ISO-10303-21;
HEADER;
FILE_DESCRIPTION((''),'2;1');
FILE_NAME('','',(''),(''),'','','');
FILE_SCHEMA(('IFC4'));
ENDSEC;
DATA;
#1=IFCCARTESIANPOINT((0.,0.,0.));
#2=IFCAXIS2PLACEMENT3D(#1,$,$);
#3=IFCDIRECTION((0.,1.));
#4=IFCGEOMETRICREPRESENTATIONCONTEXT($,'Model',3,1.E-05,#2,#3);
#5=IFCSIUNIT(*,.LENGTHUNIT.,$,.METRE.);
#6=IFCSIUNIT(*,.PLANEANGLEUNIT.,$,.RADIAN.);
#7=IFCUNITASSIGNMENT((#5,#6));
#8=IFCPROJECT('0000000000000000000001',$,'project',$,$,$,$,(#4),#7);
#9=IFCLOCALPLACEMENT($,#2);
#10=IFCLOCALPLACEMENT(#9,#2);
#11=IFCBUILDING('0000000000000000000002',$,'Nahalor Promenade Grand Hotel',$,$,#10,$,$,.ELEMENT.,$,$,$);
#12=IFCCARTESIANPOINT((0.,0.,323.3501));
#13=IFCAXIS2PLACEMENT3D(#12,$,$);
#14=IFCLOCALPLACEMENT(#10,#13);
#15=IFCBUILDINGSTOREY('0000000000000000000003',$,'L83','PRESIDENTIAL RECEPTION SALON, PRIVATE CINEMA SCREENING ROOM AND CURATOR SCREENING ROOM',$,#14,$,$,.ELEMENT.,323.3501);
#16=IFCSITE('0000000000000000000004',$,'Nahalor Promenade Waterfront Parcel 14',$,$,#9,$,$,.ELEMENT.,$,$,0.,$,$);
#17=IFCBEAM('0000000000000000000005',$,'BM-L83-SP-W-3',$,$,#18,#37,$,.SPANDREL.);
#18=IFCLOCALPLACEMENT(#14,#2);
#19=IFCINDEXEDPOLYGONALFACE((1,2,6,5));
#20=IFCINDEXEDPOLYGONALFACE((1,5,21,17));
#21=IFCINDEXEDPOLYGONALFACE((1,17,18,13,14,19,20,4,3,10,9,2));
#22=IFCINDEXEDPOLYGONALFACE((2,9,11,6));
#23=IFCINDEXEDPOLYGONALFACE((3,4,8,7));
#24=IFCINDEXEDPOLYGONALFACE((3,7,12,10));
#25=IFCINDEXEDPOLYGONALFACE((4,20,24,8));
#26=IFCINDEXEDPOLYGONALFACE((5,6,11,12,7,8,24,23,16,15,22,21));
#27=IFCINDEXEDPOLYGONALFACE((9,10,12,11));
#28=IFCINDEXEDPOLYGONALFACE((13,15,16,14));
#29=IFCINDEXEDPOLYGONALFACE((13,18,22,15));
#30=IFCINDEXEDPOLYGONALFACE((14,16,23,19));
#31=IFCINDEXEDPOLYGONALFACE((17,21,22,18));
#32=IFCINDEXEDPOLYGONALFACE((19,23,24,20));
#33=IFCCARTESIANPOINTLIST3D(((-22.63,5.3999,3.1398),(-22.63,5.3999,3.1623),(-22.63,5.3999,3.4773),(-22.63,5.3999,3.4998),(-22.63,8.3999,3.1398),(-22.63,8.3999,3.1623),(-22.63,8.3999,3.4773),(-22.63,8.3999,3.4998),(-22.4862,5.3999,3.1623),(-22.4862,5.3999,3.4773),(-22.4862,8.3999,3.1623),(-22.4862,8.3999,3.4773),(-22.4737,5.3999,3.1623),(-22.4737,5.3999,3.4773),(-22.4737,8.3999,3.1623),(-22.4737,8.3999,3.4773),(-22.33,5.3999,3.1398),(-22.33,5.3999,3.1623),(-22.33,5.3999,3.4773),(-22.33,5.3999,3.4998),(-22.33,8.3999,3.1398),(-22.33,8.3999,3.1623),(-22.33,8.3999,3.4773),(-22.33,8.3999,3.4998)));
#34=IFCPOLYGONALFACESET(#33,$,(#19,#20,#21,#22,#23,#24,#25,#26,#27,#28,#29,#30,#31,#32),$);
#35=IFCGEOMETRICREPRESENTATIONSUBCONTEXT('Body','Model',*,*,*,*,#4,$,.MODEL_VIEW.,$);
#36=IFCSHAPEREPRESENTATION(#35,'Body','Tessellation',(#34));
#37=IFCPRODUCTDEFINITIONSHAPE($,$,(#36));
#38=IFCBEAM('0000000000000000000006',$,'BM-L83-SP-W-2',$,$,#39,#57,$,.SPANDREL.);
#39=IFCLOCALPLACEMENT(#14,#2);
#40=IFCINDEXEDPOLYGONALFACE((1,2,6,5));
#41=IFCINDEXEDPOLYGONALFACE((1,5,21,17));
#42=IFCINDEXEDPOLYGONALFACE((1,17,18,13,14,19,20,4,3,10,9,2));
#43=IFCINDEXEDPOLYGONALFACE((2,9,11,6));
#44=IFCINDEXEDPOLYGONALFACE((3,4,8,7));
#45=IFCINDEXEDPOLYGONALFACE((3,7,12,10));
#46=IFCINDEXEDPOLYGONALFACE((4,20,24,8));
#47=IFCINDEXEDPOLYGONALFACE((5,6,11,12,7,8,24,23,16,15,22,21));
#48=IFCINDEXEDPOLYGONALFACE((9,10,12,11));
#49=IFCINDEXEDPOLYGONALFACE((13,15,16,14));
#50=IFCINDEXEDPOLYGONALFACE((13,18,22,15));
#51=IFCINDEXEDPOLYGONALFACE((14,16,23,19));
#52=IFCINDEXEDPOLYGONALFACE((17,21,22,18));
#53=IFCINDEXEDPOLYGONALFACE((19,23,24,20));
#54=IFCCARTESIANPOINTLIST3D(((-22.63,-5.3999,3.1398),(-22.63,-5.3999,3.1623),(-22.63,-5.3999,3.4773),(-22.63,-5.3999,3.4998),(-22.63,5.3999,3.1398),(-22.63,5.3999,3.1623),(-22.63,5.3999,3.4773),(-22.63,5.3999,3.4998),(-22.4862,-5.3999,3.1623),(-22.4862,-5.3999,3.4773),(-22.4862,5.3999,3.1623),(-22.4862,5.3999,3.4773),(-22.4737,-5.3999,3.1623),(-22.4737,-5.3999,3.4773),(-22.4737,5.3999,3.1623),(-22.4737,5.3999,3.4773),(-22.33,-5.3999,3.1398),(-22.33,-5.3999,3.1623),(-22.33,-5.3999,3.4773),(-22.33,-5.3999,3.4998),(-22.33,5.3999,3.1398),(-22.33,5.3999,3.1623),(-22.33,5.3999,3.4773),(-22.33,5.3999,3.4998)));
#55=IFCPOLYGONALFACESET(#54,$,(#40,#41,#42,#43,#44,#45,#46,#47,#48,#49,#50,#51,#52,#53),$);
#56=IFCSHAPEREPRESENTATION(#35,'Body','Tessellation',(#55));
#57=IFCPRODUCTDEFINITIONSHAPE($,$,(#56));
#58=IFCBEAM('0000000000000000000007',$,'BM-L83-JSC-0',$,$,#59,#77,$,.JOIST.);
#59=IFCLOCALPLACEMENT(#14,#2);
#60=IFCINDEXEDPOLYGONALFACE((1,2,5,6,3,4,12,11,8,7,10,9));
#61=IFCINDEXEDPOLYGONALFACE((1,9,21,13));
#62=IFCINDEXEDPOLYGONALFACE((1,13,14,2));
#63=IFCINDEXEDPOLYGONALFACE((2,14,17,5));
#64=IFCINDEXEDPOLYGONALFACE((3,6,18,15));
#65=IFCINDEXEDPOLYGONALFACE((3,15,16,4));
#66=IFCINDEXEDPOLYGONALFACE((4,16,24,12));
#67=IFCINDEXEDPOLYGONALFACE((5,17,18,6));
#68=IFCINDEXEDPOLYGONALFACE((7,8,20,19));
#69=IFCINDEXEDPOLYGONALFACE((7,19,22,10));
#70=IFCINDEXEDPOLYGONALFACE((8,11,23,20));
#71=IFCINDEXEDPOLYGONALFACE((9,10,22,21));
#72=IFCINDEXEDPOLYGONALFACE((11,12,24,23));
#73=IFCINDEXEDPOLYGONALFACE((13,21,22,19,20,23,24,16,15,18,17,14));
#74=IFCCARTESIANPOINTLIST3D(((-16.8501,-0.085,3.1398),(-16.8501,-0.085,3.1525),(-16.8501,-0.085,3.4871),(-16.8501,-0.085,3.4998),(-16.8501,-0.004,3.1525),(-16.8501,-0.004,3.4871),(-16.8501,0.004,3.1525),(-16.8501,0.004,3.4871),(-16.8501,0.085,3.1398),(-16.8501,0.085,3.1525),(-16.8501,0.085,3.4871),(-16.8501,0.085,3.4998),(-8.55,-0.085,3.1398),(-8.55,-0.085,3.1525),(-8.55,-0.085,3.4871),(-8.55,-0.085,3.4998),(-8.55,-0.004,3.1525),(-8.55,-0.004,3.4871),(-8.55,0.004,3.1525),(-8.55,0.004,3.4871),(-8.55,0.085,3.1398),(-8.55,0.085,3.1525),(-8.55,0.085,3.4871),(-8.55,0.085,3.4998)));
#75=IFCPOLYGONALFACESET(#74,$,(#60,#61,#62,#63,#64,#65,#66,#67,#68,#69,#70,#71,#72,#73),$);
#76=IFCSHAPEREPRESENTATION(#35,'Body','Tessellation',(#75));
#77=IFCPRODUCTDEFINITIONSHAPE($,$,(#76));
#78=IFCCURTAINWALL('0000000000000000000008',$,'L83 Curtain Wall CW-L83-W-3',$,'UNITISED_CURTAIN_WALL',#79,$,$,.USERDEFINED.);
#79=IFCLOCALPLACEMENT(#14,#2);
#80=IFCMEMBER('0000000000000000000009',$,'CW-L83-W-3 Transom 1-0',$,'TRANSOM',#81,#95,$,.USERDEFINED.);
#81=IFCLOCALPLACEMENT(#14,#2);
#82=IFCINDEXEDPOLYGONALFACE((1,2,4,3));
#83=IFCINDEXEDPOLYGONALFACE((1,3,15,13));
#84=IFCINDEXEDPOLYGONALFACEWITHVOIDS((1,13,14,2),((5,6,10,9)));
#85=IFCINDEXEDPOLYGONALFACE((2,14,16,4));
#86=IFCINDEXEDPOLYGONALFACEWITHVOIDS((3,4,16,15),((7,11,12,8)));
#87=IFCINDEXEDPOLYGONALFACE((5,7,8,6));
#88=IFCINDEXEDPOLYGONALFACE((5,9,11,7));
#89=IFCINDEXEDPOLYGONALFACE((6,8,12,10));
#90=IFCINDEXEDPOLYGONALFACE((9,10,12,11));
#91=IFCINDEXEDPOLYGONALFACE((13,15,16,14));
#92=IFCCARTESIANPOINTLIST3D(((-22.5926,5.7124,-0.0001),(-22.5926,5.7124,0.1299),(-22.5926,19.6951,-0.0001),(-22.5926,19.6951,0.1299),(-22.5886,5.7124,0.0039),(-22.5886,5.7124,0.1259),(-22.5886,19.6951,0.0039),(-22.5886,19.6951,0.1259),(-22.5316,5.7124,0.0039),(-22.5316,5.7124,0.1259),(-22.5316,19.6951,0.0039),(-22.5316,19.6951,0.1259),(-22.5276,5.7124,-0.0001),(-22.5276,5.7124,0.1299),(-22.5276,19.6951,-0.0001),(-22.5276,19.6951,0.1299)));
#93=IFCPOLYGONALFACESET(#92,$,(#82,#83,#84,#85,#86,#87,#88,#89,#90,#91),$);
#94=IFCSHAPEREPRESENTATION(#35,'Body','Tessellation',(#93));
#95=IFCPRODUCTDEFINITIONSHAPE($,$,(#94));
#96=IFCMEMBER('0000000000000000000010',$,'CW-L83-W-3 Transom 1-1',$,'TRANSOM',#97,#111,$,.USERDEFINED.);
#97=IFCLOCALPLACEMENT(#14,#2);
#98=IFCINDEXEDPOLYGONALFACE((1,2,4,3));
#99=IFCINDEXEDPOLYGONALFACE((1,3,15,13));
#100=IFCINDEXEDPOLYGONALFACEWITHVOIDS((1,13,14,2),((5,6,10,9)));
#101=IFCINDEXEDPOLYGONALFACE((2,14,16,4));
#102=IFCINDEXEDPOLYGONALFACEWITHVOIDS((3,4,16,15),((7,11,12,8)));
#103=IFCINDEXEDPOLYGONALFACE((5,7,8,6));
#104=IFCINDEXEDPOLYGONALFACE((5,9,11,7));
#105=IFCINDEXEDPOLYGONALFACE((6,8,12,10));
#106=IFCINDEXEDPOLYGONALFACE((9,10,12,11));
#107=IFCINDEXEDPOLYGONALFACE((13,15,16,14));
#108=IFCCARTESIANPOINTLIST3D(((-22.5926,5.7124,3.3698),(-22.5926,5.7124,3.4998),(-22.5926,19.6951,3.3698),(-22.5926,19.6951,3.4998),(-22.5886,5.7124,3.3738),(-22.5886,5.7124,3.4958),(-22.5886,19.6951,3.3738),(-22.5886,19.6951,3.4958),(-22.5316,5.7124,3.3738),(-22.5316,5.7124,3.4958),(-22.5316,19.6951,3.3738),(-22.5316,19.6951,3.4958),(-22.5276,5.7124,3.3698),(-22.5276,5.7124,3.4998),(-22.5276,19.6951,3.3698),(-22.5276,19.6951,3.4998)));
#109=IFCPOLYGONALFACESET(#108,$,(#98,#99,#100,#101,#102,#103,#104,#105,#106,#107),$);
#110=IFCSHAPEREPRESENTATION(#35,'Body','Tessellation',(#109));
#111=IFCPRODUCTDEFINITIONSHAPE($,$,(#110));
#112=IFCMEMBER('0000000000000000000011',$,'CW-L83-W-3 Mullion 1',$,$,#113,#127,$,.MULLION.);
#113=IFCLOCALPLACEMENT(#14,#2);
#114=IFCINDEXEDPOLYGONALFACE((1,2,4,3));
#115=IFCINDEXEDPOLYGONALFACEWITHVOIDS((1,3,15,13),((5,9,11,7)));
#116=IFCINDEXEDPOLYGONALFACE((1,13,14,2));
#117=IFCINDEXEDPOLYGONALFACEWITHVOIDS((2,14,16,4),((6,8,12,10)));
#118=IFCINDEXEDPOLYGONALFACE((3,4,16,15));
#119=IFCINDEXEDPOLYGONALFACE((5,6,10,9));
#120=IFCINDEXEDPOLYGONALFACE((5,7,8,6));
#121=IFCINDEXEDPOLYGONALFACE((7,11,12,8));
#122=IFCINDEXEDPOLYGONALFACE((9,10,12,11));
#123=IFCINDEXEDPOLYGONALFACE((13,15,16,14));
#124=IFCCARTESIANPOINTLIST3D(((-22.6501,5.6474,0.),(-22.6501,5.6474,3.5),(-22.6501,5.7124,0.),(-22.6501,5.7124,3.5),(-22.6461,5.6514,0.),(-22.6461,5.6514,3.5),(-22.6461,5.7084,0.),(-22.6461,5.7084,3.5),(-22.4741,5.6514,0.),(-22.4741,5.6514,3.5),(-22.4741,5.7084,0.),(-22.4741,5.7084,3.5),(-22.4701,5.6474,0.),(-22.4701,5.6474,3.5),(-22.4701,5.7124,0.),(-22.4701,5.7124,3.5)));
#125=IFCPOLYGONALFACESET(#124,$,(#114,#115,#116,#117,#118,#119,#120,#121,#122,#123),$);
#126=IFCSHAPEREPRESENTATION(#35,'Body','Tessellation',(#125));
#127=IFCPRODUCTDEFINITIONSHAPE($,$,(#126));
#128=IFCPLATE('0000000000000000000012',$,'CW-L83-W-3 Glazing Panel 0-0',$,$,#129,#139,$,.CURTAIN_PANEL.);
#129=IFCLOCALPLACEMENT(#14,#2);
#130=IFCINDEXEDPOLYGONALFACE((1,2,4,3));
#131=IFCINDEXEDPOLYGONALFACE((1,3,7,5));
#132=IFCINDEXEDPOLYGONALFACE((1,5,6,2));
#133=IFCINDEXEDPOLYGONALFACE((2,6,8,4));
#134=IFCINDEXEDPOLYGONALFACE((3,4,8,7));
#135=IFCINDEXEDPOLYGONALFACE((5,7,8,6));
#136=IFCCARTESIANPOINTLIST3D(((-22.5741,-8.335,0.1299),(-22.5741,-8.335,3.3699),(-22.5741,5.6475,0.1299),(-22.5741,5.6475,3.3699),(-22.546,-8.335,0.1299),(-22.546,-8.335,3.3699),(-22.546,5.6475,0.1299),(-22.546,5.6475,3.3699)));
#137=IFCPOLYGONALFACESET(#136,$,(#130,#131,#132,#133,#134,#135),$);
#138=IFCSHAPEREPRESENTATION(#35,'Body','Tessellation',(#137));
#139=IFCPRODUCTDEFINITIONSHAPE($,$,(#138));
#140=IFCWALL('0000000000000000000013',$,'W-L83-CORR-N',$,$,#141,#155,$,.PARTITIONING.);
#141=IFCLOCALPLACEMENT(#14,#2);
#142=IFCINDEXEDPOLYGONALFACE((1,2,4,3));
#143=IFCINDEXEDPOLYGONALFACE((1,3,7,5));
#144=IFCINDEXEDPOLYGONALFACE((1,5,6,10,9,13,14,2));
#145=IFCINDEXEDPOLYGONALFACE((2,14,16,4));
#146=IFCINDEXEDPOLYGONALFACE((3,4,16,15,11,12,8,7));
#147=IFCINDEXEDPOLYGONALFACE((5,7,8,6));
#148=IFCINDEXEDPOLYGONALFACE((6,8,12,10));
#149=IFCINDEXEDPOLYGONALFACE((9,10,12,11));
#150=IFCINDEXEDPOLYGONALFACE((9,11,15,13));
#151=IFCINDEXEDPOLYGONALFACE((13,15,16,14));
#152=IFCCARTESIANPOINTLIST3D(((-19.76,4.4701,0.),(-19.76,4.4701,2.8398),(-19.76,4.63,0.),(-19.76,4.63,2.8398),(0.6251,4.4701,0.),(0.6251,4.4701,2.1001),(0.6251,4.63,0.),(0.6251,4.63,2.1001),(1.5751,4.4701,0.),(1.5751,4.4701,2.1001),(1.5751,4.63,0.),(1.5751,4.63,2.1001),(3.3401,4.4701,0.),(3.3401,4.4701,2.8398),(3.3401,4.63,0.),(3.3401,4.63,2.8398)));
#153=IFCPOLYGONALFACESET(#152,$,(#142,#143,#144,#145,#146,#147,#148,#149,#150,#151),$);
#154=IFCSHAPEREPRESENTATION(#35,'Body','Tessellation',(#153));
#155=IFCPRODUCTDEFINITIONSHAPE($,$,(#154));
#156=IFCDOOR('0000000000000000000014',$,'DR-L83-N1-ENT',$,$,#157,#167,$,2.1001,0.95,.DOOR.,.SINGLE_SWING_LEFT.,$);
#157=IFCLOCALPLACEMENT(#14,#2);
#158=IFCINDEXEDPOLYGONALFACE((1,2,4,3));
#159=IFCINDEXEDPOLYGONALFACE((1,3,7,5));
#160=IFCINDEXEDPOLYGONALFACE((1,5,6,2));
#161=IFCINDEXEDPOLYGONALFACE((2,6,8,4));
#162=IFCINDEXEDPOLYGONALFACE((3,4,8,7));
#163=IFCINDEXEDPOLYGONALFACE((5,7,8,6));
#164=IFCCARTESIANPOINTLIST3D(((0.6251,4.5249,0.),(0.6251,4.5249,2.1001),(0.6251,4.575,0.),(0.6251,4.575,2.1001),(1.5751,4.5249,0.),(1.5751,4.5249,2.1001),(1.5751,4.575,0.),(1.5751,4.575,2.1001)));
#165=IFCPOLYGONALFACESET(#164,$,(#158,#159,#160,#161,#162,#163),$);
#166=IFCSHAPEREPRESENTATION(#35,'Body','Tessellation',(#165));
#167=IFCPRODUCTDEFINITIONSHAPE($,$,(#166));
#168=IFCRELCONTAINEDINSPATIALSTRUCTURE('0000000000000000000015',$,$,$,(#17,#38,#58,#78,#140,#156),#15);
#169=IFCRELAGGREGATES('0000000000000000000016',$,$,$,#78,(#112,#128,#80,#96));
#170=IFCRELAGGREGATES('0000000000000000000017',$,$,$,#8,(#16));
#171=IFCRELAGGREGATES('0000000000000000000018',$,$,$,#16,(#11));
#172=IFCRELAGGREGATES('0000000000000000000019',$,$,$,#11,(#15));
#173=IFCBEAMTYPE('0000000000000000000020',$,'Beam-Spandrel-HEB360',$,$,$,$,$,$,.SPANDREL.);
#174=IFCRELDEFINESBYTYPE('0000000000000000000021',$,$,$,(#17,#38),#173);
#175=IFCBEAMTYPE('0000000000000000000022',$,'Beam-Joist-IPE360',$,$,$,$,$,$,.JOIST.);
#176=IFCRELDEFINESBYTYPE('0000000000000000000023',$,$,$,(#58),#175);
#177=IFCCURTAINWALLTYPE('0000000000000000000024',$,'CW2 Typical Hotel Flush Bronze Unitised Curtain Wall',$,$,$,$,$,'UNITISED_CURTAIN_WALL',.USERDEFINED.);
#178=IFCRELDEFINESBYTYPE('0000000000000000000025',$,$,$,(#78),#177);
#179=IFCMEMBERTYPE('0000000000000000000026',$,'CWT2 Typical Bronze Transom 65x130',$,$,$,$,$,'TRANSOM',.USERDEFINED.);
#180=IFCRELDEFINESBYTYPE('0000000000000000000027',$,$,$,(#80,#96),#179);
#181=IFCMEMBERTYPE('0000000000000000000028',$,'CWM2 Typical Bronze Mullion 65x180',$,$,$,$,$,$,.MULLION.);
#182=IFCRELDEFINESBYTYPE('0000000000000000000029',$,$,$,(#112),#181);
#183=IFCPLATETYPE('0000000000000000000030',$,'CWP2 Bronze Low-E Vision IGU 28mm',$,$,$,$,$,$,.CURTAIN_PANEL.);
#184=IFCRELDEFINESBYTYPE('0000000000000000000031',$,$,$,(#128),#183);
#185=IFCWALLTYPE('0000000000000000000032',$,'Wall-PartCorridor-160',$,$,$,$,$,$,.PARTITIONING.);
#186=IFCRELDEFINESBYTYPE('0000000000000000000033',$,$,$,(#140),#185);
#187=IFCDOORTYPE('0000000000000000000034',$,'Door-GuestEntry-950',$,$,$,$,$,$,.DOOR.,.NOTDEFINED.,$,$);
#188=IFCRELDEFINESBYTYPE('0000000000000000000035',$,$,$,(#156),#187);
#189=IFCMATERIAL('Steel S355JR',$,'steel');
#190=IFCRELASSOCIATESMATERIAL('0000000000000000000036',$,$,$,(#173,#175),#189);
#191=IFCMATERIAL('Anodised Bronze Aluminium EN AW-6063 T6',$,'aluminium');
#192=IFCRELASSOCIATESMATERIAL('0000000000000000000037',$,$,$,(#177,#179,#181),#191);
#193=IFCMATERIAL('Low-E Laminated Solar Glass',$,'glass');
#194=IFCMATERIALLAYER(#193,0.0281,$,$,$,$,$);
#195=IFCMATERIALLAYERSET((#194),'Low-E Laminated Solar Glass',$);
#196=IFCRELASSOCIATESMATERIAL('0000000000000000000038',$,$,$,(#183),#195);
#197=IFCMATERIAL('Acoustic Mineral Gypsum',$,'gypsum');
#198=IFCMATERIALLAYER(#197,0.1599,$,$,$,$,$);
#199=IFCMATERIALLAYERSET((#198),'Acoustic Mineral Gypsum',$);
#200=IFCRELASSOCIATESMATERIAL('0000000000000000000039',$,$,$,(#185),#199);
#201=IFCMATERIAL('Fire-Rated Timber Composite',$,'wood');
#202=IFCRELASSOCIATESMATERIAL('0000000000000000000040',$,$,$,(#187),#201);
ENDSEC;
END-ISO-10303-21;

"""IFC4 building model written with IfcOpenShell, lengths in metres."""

from ifc_helpers import new_model, si_unit, direction, frame, frame_2d, origin, origin_2d, place, context, subcontext, project, spatial, rectangle, hollow_rectangle, i_section, extrude, source, transform, mapped, material, layer, layer_set, material_profile, profile_set, type_object, element, fill, aggregate, save


model = new_model("IFC4")

# Units and contexts
model_context = context("Model", 3, precision=1e-05, world=origin(), true_north=direction((0.0, 1.0)))
body_context = subcontext(model_context, "Body", "Model", "MODEL_VIEW")
ifc_project = project(units=[si_unit("LENGTHUNIT", "METRE"), si_unit("PLANEANGLEUNIT", "RADIAN")], contexts=[model_context])

# Site, building, storey
site_placement = place(None, origin())
site = spatial("IfcSite", under=ifc_project, at=site_placement, Name="Nahalor Promenade Waterfront Parcel 14", CompositionType="ELEMENT", RefElevation=0.0)
building_placement = place(site_placement, origin())
building = spatial("IfcBuilding", under=site, at=building_placement, Name="Nahalor Promenade Grand Hotel", CompositionType="ELEMENT")
storey_placement = place(building_placement, frame((0.0, 0.0, 323.3501)))
storey = spatial("IfcBuildingStorey", under=building, at=storey_placement, Name="L83", Description="PRESIDENTIAL RECEPTION SALON, PRIVATE CINEMA SCREENING ROOM AND CURATOR SCREENING ROOM", CompositionType="ELEMENT", Elevation=323.3501)

# Shared definitions
ifc_material_1 = material(Name="Steel S355JR", Category="steel")

# Beams
ifc_material_profile_1 = material_profile(ifc_material_1, i_section(OverallWidth=0.3, OverallDepth=0.36, WebThickness=0.0125, FlangeThickness=0.0225, at=origin_2d()), Name="HEB 360")
ifc_profile_set_1 = profile_set([ifc_material_profile_1], Name="Steel S355JR")
beam_type_1 = type_object("IfcBeamType", Name="Beam-Spandrel-HEB360", PredefinedType="SPANDREL", material=ifc_profile_set_1)
shared_shape_1 = source(origin(), body_context, "Body", "SweptSolid", [
    extrude(i_section(OverallWidth=0.3, OverallDepth=0.36, WebThickness=0.0125, FlangeThickness=0.0225, at=origin_2d()), origin(), (0.0, 0.0, 1.0), 3.0),
])
beam_1_placement = place(storey_placement, frame((-22.48, 5.3999, 3.3198), z_axis=(0.0, 1.0, 0.0), x_axis=(-1.0, 0.0, 0.0)))
element("IfcBeam", 1, at=beam_1_placement, inside=storey, type_object=beam_type_1, Name="BM-L83-SP-W-3", PredefinedType="SPANDREL", context=body_context, shape_type="MappedRepresentation", body=[
    mapped(shared_shape_1, transform((0.0, 0.0, 0.0), scale=1.0)),
])
shared_shape_2 = source(origin(), body_context, "Body", "SweptSolid", [
    extrude(i_section(OverallWidth=0.3, OverallDepth=0.36, WebThickness=0.0125, FlangeThickness=0.0225, at=origin_2d()), origin(), (0.0, 0.0, 1.0), 10.7998),
])
beam_2_placement = place(storey_placement, frame((-22.48, -5.3999, 3.3198), z_axis=(0.0, 1.0, 0.0), x_axis=(-1.0, 0.0, 0.0)))
element("IfcBeam", 2, at=beam_2_placement, inside=storey, type_object=beam_type_1, Name="BM-L83-SP-W-2", PredefinedType="SPANDREL", context=body_context, shape_type="MappedRepresentation", body=[
    mapped(shared_shape_2, transform((0.0, 0.0, 0.0), scale=1.0)),
])
ifc_material_profile_2 = material_profile(ifc_material_1, i_section(OverallWidth=0.17, OverallDepth=0.36, WebThickness=0.008, FlangeThickness=0.0127, at=origin_2d()), Name="IPE 360")
ifc_profile_set_2 = profile_set([ifc_material_profile_2], Name="Steel S355JR")
beam_type_2 = type_object("IfcBeamType", Name="Beam-Joist-IPE360", PredefinedType="JOIST", material=ifc_profile_set_2)
shared_shape_3 = source(origin(), body_context, "Body", "SweptSolid", [
    extrude(i_section(OverallWidth=0.17, OverallDepth=0.36, WebThickness=0.008, FlangeThickness=0.0127, at=origin_2d()), origin(), (0.0, 0.0, 1.0), 8.3),
])
beam_3_placement = place(storey_placement, frame((-16.8501, 0.0, 3.3198), z_axis=(1.0, 0.0, 0.0), x_axis=(0.0, 1.0, 0.0)))
element("IfcBeam", 3, at=beam_3_placement, inside=storey, type_object=beam_type_2, Name="BM-L83-JSC-0", PredefinedType="JOIST", context=body_context, shape_type="MappedRepresentation", body=[
    mapped(shared_shape_3, transform((0.0, 0.0, 0.0), scale=1.0)),
])

# Curtain wall, members, plate
ifc_material_2 = material(Name="Anodised Bronze Aluminium EN AW-6063 T6", Category="aluminium")
curtain_wall_type = type_object("IfcCurtainWallType", Name="CW2 Typical Hotel Flush Bronze Unitised Curtain Wall", ElementType="UNITISED_CURTAIN_WALL", PredefinedType="USERDEFINED", material=ifc_material_2)
curtain_wall_placement = place(storey_placement, origin())
curtain_wall = element("IfcCurtainWall", 4, at=curtain_wall_placement, inside=storey, type_object=curtain_wall_type, Name="L83 Curtain Wall CW-L83-W-3", ObjectType="UNITISED_CURTAIN_WALL", PredefinedType="USERDEFINED")
ifc_material_profile_3 = material_profile(ifc_material_2, hollow_rectangle(XDim=0.065, YDim=0.13, WallThickness=0.004, at=origin_2d()), Name="CWT 65x130x4")
ifc_profile_set_3 = profile_set([ifc_material_profile_3], Name="Anodised Bronze Aluminium EN AW-6063 T6")
member_type_1 = type_object("IfcMemberType", Name="CWT2 Typical Bronze Transom 65x130", ElementType="TRANSOM", PredefinedType="USERDEFINED", material=ifc_profile_set_3)
shared_shape_4 = source(origin(), body_context, "Body", "SweptSolid", [
    extrude(hollow_rectangle(XDim=0.065, YDim=0.13, WallThickness=0.004, at=origin_2d()), origin(), (0.0, 0.0, 1.0), 13.9827),
])
member_1_placement = place(storey_placement, frame((-22.5601, 5.7124, 0.0649), z_axis=(0.0, 1.0, 0.0), x_axis=(-1.0, 0.0, 0.0)))
member_1 = element("IfcMember", 5, at=member_1_placement, type_object=member_type_1, Name="CW-L83-W-3 Transom 1-0", ObjectType="TRANSOM", PredefinedType="USERDEFINED", context=body_context, shape_type="MappedRepresentation", body=[
    mapped(shared_shape_4, transform((0.0, 0.0, 0.0), scale=1.0)),
])
member_2_placement = place(storey_placement, frame((-22.5601, 5.7124, 3.4348), z_axis=(0.0, 1.0, 0.0), x_axis=(-1.0, 0.0, 0.0)))
member_2 = element("IfcMember", 6, at=member_2_placement, type_object=member_type_1, Name="CW-L83-W-3 Transom 1-1", ObjectType="TRANSOM", PredefinedType="USERDEFINED", context=body_context, shape_type="MappedRepresentation", body=[
    mapped(shared_shape_4, transform((0.0, 0.0, 0.0), scale=1.0)),
])
ifc_material_profile_4 = material_profile(ifc_material_2, hollow_rectangle(XDim=0.065, YDim=0.18, WallThickness=0.004, at=origin_2d()), Name="CWM 65x180x4")
ifc_profile_set_4 = profile_set([ifc_material_profile_4], Name="Anodised Bronze Aluminium EN AW-6063 T6")
member_type_2 = type_object("IfcMemberType", Name="CWM2 Typical Bronze Mullion 65x180", PredefinedType="MULLION", material=ifc_profile_set_4)
shared_shape_5 = source(origin(), body_context, "Body", "SweptSolid", [
    extrude(hollow_rectangle(XDim=0.065, YDim=0.18, WallThickness=0.004, at=origin_2d()), origin(), (0.0, 0.0, 1.0), 3.5),
])
member_3_placement = place(storey_placement, frame((-22.5601, 5.6799, 0.0), z_axis=(0.0, 0.0, 1.0), x_axis=(0.0, 1.0, 0.0)))
member_3 = element("IfcMember", 7, at=member_3_placement, type_object=member_type_2, Name="CW-L83-W-3 Mullion 1", PredefinedType="MULLION", context=body_context, shape_type="MappedRepresentation", body=[
    mapped(shared_shape_5, transform((0.0, 0.0, 0.0), scale=1.0)),
])
ifc_material_3 = material(Name="Low-E Laminated Solar Glass", Category="glass")
ifc_layer_1 = layer(ifc_material_3, 0.0281)
ifc_layer_set_1 = layer_set([ifc_layer_1], Name="Low-E Laminated Solar Glass")
plate_type = type_object("IfcPlateType", Name="CWP2 Bronze Low-E Vision IGU 28mm", PredefinedType="CURTAIN_PANEL", material=ifc_layer_set_1)
shared_shape_6 = source(origin(), body_context, "Body", "SweptSolid", [
    extrude(rectangle(XDim=13.9824, YDim=0.0281, at=origin_2d()), origin(), (0.0, 0.0, 1.0), 3.24),
])
plate_placement = place(storey_placement, frame((-22.5601, -1.3438, 0.1299), z_axis=(0.0, 0.0, 1.0), x_axis=(0.0, 1.0, 0.0)))
plate = element("IfcPlate", 8, at=plate_placement, type_object=plate_type, Name="CW-L83-W-3 Glazing Panel 0-0", PredefinedType="CURTAIN_PANEL", context=body_context, shape_type="MappedRepresentation", body=[
    mapped(shared_shape_6, transform((0.0, 0.0, 0.0), scale=1.0)),
])
aggregate(curtain_wall, [member_3, plate, member_1, member_2])

# Wall, opening, door
ifc_material_4 = material(Name="Acoustic Mineral Gypsum", Category="gypsum")
ifc_layer_2 = layer(ifc_material_4, 0.1599)
ifc_layer_set_2 = layer_set([ifc_layer_2], Name="Acoustic Mineral Gypsum")
wall_type_1 = type_object("IfcWallType", Name="Wall-PartCorridor-160", PredefinedType="PARTITIONING", material=ifc_layer_set_2)
shared_shape_7 = source(origin(), body_context, "Body", "SweptSolid", [
    extrude(rectangle(XDim=23.1001, YDim=0.1599, at=frame_2d((11.55, 0.0))), origin(), (0.0, 0.0, 1.0), 2.8398),
])
wall_1_placement = place(storey_placement, frame((-19.76, 4.55, 0.0), z_axis=(0.0, 0.0, 1.0), x_axis=(1.0, 0.0, 0.0)))
wall_1 = element("IfcWall", 9, at=wall_1_placement, inside=storey, type_object=wall_type_1, Name="W-L83-CORR-N", PredefinedType="PARTITIONING", context=body_context, shape_type="MappedRepresentation", body=[
    mapped(shared_shape_7, transform((0.0, 0.0, 0.0), scale=1.0)),
])
opening_1_placement = place(wall_1_placement, frame((20.385, 0.0, 0.0)))
opening_1 = element("IfcOpeningElement", 10, at=opening_1_placement, cuts=wall_1, PredefinedType="OPENING", context=body_context, shape_type="SweptSolid", body=[
    extrude(rectangle(XDim=0.95, YDim=2.1001, at=frame_2d((0.4751, 1.05))), frame((0.0, 0.0898, 0.0), z_axis=(0.0, -1.0, 0.0), x_axis=(1.0, 0.0, 0.0)), (0.0, 0.0, 1.0), 0.1799),
])
ifc_material_5 = material(Name="Fire-Rated Timber Composite", Category="wood")
door_type_1 = type_object("IfcDoorType", Name="Door-GuestEntry-950", OperationType="NOTDEFINED", PredefinedType="DOOR", material=ifc_material_5)
shared_shape_8 = source(origin(), body_context, "Body", "SweptSolid", [
    extrude(rectangle(XDim=0.95, YDim=2.1001, at=frame_2d((0.4751, 1.05))), frame((0.0, 0.0249, 0.0), z_axis=(0.0, -1.0, 0.0), x_axis=(1.0, 0.0, 0.0)), (0.0, 0.0, 1.0), 0.05),
])
door_1_placement = place(opening_1_placement, origin())
door_1 = element("IfcDoor", 11, at=door_1_placement, inside=storey, type_object=door_type_1, Name="DR-L83-N1-ENT", OperationType="SINGLE_SWING_LEFT", OverallHeight=2.1001, OverallWidth=0.95, PredefinedType="DOOR", context=body_context, shape_type="MappedRepresentation", body=[
    mapped(shared_shape_8, transform((0.0, 0.0, 0.0), scale=1.0)),
])
fill(opening_1, door_1)

save(model, "model.ifc")
